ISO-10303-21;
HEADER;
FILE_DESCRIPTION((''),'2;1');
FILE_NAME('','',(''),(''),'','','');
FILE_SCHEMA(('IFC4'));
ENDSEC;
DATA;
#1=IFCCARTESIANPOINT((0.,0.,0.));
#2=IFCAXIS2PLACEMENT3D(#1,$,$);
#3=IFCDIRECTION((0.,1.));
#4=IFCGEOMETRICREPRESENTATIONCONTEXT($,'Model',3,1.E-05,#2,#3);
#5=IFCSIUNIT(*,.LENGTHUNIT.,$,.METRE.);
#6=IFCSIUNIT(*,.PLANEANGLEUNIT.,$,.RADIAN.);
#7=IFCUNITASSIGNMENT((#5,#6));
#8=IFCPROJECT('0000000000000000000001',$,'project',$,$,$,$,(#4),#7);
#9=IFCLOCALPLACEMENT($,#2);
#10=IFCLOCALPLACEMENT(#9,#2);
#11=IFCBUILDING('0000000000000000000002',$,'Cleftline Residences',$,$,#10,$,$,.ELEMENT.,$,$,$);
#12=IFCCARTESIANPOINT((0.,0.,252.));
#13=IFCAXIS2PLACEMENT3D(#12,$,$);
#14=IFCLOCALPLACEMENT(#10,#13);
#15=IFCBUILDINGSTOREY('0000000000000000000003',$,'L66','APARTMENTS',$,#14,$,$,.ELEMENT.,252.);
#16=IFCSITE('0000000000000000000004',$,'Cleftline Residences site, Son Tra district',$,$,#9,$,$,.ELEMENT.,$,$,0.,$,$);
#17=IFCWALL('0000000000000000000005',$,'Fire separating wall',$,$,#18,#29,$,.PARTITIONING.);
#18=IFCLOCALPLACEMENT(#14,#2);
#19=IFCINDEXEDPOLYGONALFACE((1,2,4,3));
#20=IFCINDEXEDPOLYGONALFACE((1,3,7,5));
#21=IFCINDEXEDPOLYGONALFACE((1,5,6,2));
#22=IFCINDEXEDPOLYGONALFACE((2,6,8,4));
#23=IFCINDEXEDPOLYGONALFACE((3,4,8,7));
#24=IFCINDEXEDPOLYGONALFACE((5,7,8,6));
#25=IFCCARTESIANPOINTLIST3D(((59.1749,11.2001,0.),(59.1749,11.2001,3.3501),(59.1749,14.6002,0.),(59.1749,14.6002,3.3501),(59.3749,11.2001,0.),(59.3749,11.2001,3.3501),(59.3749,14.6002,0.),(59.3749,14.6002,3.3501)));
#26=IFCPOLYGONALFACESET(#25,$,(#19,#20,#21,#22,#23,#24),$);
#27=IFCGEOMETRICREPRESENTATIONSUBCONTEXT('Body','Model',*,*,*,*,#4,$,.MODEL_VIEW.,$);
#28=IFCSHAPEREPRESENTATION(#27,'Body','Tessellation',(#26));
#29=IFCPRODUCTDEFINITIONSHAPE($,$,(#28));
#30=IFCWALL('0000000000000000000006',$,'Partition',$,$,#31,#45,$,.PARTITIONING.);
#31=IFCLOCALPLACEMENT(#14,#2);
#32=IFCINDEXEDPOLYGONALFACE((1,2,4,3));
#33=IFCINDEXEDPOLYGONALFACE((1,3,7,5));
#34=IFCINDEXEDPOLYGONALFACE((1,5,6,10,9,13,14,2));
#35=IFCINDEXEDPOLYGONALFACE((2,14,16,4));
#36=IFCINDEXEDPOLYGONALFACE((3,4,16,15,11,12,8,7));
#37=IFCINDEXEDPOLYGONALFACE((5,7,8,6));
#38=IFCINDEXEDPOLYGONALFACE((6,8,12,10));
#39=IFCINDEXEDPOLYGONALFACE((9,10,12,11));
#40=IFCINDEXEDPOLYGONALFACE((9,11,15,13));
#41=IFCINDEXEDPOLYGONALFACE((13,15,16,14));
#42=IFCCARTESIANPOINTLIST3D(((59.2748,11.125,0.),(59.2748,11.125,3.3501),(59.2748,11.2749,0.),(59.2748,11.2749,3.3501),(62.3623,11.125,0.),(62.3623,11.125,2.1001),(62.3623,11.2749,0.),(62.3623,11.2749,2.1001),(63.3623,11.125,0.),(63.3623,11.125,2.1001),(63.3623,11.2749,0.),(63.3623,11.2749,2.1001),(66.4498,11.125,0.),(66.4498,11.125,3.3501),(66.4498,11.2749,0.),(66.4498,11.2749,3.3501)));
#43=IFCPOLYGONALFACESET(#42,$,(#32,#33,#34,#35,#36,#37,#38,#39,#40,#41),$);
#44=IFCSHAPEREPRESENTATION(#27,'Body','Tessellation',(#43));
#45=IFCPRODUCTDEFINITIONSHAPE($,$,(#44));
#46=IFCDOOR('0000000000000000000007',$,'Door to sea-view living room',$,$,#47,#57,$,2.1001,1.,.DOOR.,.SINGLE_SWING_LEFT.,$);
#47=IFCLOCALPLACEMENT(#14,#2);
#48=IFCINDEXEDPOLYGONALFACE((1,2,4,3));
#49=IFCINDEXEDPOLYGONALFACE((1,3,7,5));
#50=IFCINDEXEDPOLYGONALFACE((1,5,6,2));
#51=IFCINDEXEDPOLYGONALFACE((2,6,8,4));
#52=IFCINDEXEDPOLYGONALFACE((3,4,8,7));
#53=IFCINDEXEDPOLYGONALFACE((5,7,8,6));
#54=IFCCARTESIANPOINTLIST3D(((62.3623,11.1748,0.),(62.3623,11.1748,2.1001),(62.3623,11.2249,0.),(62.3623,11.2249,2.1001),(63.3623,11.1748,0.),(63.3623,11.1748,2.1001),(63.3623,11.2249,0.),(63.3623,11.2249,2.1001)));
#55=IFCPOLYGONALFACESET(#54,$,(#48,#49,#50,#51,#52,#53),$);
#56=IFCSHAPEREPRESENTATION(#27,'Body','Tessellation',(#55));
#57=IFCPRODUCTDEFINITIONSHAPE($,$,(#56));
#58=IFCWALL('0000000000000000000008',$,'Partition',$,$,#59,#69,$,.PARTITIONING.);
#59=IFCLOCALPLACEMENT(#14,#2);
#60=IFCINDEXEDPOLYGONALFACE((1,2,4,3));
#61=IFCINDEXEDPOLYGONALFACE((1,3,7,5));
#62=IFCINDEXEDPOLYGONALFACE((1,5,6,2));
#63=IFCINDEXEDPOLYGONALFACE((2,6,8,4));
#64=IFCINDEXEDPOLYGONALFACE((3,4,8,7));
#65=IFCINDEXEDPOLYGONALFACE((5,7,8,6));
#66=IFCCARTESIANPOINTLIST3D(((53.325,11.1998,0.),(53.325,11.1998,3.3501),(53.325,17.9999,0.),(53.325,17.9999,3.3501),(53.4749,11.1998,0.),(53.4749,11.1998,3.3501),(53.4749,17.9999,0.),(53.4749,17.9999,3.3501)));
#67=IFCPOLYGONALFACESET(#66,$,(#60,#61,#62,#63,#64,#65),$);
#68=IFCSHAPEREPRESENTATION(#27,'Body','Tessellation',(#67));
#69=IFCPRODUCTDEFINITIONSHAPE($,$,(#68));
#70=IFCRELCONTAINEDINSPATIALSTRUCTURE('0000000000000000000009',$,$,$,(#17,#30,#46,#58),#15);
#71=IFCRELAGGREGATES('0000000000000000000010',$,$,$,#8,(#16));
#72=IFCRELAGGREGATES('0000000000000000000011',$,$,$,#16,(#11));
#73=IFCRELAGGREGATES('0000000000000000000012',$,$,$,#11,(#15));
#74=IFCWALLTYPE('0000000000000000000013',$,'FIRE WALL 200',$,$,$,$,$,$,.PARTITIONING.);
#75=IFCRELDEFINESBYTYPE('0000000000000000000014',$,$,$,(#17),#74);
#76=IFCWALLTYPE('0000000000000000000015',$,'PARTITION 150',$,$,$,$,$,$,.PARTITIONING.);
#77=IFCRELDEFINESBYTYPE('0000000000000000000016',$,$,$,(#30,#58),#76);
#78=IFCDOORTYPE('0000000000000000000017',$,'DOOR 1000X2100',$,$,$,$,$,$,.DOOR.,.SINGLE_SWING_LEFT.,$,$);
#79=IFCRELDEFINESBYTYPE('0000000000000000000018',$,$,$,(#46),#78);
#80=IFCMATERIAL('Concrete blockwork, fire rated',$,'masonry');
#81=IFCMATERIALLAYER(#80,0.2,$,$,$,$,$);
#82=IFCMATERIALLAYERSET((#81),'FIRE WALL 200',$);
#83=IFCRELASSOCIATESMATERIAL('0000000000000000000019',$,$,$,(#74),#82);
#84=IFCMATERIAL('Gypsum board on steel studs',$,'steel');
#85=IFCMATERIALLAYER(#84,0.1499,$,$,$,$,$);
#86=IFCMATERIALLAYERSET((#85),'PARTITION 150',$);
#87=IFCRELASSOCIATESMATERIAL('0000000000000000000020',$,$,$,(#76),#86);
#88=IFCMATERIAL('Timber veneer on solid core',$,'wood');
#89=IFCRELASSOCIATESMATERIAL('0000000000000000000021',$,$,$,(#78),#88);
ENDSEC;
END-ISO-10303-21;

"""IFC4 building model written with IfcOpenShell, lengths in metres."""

from ifc_helpers import new_model, si_unit, direction, frame, frame_2d, origin, place, context, subcontext, project, spatial, rectangle, extrude, material, layer, layer_set, type_object, element, fill, save


model = new_model("IFC4")

# Units and contexts
model_context = context("Model", 3, precision=1e-05, world=origin(), true_north=direction((0.0, 1.0)))
body_context = subcontext(model_context, "Body", "Model", "MODEL_VIEW")
ifc_project = project(units=[si_unit("LENGTHUNIT", "METRE"), si_unit("PLANEANGLEUNIT", "RADIAN")], contexts=[model_context])

# Site, building, storey
site_placement = place(None, origin())
site = spatial("IfcSite", under=ifc_project, at=site_placement, Name="Cleftline Residences site, Son Tra district", CompositionType="ELEMENT", RefElevation=0.0)
building_placement = place(site_placement, origin())
building = spatial("IfcBuilding", under=site, at=building_placement, Name="Cleftline Residences", CompositionType="ELEMENT")
storey_placement = place(building_placement, frame((0.0, 0.0, 252.0)))
storey = spatial("IfcBuildingStorey", under=building, at=storey_placement, Name="L66", Description="APARTMENTS", CompositionType="ELEMENT", Elevation=252.0)

# Shared definitions
ifc_material_1 = material(Name="Concrete blockwork, fire rated", Category="masonry")
ifc_layer_1 = layer(ifc_material_1, 0.2)
ifc_layer_set_1 = layer_set([ifc_layer_1], Name="FIRE WALL 200")
wall_type_1 = type_object("IfcWallType", Name="FIRE WALL 200", PredefinedType="PARTITIONING", material=ifc_layer_set_1)

# Wall
for number, where, z_axis, x_axis, name in (
    (1, (59.2749, 11.2, 0.0), (0.0, 0.0, 1.0), (0.0, 1.0, 0.0), "Fire separating wall"),
):
    element("IfcWall", number, at=place(storey_placement, frame(where, z_axis=z_axis, x_axis=x_axis)), inside=storey, type_object=wall_type_1, Name=name, PredefinedType="PARTITIONING", context=body_context, shape_type="SweptSolid", body=[
        extrude(rectangle(XDim=3.4001, YDim=0.2, at=frame_2d((1.7002, 0.0))), origin(), (0.0, 0.0, 1.0), 3.3501),
    ])

# Wall, opening, door
ifc_material_2 = material(Name="Gypsum board on steel studs", Category="steel")
ifc_layer_2 = layer(ifc_material_2, 0.1499)
ifc_layer_set_2 = layer_set([ifc_layer_2], Name="PARTITION 150")
wall_type_2 = type_object("IfcWallType", Name="PARTITION 150", PredefinedType="PARTITIONING", material=ifc_layer_set_2)
wall_1_placement = place(storey_placement, frame((59.2749, 11.2, 0.0), z_axis=(0.0, 0.0, 1.0), x_axis=(1.0, 0.0, 0.0)))
wall_1 = element("IfcWall", 2, at=wall_1_placement, inside=storey, type_object=wall_type_2, Name="Partition", PredefinedType="PARTITIONING", context=body_context, shape_type="SweptSolid", body=[
    extrude(rectangle(XDim=7.175, YDim=0.1499, at=frame_2d((3.5874, 0.0))), origin(), (0.0, 0.0, 1.0), 3.3501),
])
opening_1_placement = place(wall_1_placement, frame((3.0874, 0.0, 0.0)))
opening_1 = element("IfcOpeningElement", 3, at=opening_1_placement, cuts=wall_1, PredefinedType="OPENING", context=body_context, shape_type="SweptSolid", body=[
    extrude(rectangle(XDim=1.0, YDim=2.1001, at=frame_2d((0.5, 1.05))), frame((0.0, 0.085, 0.0), z_axis=(0.0, -1.0, 0.0), x_axis=(1.0, 0.0, 0.0)), (0.0, 0.0, 1.0), 0.1699),
])
ifc_material_3 = material(Name="Timber veneer on solid core", Category="wood")
door_type_1 = type_object("IfcDoorType", Name="DOOR 1000X2100", OperationType="SINGLE_SWING_LEFT", PredefinedType="DOOR", material=ifc_material_3)
door_1_placement = place(opening_1_placement, origin())
door_1 = element("IfcDoor", 4, at=door_1_placement, inside=storey, type_object=door_type_1, Name="Door to sea-view living room", OperationType="SINGLE_SWING_LEFT", OverallHeight=2.1001, OverallWidth=1.0, PredefinedType="DOOR", context=body_context, shape_type="SweptSolid", body=[
    extrude(rectangle(XDim=1.0, YDim=2.1001, at=frame_2d((0.5, 1.05))), frame((0.0, 0.0249, 0.0), z_axis=(0.0, -1.0, 0.0), x_axis=(1.0, 0.0, 0.0)), (0.0, 0.0, 1.0), 0.05),
])
fill(opening_1, door_1)

# Wall
wall_2_placement = place(storey_placement, frame((53.3999, 11.2, 0.0), z_axis=(0.0, 0.0, 1.0), x_axis=(0.0, 1.0, 0.0)))
element("IfcWall", 5, at=wall_2_placement, inside=storey, type_object=wall_type_2, Name="Partition", PredefinedType="PARTITIONING", context=body_context, shape_type="SweptSolid", body=[
    extrude(rectangle(XDim=6.8, YDim=0.1499, at=frame_2d((3.3999, 0.0))), origin(), (0.0, 0.0, 1.0), 3.3501),
])

save(model, "model.ifc")
